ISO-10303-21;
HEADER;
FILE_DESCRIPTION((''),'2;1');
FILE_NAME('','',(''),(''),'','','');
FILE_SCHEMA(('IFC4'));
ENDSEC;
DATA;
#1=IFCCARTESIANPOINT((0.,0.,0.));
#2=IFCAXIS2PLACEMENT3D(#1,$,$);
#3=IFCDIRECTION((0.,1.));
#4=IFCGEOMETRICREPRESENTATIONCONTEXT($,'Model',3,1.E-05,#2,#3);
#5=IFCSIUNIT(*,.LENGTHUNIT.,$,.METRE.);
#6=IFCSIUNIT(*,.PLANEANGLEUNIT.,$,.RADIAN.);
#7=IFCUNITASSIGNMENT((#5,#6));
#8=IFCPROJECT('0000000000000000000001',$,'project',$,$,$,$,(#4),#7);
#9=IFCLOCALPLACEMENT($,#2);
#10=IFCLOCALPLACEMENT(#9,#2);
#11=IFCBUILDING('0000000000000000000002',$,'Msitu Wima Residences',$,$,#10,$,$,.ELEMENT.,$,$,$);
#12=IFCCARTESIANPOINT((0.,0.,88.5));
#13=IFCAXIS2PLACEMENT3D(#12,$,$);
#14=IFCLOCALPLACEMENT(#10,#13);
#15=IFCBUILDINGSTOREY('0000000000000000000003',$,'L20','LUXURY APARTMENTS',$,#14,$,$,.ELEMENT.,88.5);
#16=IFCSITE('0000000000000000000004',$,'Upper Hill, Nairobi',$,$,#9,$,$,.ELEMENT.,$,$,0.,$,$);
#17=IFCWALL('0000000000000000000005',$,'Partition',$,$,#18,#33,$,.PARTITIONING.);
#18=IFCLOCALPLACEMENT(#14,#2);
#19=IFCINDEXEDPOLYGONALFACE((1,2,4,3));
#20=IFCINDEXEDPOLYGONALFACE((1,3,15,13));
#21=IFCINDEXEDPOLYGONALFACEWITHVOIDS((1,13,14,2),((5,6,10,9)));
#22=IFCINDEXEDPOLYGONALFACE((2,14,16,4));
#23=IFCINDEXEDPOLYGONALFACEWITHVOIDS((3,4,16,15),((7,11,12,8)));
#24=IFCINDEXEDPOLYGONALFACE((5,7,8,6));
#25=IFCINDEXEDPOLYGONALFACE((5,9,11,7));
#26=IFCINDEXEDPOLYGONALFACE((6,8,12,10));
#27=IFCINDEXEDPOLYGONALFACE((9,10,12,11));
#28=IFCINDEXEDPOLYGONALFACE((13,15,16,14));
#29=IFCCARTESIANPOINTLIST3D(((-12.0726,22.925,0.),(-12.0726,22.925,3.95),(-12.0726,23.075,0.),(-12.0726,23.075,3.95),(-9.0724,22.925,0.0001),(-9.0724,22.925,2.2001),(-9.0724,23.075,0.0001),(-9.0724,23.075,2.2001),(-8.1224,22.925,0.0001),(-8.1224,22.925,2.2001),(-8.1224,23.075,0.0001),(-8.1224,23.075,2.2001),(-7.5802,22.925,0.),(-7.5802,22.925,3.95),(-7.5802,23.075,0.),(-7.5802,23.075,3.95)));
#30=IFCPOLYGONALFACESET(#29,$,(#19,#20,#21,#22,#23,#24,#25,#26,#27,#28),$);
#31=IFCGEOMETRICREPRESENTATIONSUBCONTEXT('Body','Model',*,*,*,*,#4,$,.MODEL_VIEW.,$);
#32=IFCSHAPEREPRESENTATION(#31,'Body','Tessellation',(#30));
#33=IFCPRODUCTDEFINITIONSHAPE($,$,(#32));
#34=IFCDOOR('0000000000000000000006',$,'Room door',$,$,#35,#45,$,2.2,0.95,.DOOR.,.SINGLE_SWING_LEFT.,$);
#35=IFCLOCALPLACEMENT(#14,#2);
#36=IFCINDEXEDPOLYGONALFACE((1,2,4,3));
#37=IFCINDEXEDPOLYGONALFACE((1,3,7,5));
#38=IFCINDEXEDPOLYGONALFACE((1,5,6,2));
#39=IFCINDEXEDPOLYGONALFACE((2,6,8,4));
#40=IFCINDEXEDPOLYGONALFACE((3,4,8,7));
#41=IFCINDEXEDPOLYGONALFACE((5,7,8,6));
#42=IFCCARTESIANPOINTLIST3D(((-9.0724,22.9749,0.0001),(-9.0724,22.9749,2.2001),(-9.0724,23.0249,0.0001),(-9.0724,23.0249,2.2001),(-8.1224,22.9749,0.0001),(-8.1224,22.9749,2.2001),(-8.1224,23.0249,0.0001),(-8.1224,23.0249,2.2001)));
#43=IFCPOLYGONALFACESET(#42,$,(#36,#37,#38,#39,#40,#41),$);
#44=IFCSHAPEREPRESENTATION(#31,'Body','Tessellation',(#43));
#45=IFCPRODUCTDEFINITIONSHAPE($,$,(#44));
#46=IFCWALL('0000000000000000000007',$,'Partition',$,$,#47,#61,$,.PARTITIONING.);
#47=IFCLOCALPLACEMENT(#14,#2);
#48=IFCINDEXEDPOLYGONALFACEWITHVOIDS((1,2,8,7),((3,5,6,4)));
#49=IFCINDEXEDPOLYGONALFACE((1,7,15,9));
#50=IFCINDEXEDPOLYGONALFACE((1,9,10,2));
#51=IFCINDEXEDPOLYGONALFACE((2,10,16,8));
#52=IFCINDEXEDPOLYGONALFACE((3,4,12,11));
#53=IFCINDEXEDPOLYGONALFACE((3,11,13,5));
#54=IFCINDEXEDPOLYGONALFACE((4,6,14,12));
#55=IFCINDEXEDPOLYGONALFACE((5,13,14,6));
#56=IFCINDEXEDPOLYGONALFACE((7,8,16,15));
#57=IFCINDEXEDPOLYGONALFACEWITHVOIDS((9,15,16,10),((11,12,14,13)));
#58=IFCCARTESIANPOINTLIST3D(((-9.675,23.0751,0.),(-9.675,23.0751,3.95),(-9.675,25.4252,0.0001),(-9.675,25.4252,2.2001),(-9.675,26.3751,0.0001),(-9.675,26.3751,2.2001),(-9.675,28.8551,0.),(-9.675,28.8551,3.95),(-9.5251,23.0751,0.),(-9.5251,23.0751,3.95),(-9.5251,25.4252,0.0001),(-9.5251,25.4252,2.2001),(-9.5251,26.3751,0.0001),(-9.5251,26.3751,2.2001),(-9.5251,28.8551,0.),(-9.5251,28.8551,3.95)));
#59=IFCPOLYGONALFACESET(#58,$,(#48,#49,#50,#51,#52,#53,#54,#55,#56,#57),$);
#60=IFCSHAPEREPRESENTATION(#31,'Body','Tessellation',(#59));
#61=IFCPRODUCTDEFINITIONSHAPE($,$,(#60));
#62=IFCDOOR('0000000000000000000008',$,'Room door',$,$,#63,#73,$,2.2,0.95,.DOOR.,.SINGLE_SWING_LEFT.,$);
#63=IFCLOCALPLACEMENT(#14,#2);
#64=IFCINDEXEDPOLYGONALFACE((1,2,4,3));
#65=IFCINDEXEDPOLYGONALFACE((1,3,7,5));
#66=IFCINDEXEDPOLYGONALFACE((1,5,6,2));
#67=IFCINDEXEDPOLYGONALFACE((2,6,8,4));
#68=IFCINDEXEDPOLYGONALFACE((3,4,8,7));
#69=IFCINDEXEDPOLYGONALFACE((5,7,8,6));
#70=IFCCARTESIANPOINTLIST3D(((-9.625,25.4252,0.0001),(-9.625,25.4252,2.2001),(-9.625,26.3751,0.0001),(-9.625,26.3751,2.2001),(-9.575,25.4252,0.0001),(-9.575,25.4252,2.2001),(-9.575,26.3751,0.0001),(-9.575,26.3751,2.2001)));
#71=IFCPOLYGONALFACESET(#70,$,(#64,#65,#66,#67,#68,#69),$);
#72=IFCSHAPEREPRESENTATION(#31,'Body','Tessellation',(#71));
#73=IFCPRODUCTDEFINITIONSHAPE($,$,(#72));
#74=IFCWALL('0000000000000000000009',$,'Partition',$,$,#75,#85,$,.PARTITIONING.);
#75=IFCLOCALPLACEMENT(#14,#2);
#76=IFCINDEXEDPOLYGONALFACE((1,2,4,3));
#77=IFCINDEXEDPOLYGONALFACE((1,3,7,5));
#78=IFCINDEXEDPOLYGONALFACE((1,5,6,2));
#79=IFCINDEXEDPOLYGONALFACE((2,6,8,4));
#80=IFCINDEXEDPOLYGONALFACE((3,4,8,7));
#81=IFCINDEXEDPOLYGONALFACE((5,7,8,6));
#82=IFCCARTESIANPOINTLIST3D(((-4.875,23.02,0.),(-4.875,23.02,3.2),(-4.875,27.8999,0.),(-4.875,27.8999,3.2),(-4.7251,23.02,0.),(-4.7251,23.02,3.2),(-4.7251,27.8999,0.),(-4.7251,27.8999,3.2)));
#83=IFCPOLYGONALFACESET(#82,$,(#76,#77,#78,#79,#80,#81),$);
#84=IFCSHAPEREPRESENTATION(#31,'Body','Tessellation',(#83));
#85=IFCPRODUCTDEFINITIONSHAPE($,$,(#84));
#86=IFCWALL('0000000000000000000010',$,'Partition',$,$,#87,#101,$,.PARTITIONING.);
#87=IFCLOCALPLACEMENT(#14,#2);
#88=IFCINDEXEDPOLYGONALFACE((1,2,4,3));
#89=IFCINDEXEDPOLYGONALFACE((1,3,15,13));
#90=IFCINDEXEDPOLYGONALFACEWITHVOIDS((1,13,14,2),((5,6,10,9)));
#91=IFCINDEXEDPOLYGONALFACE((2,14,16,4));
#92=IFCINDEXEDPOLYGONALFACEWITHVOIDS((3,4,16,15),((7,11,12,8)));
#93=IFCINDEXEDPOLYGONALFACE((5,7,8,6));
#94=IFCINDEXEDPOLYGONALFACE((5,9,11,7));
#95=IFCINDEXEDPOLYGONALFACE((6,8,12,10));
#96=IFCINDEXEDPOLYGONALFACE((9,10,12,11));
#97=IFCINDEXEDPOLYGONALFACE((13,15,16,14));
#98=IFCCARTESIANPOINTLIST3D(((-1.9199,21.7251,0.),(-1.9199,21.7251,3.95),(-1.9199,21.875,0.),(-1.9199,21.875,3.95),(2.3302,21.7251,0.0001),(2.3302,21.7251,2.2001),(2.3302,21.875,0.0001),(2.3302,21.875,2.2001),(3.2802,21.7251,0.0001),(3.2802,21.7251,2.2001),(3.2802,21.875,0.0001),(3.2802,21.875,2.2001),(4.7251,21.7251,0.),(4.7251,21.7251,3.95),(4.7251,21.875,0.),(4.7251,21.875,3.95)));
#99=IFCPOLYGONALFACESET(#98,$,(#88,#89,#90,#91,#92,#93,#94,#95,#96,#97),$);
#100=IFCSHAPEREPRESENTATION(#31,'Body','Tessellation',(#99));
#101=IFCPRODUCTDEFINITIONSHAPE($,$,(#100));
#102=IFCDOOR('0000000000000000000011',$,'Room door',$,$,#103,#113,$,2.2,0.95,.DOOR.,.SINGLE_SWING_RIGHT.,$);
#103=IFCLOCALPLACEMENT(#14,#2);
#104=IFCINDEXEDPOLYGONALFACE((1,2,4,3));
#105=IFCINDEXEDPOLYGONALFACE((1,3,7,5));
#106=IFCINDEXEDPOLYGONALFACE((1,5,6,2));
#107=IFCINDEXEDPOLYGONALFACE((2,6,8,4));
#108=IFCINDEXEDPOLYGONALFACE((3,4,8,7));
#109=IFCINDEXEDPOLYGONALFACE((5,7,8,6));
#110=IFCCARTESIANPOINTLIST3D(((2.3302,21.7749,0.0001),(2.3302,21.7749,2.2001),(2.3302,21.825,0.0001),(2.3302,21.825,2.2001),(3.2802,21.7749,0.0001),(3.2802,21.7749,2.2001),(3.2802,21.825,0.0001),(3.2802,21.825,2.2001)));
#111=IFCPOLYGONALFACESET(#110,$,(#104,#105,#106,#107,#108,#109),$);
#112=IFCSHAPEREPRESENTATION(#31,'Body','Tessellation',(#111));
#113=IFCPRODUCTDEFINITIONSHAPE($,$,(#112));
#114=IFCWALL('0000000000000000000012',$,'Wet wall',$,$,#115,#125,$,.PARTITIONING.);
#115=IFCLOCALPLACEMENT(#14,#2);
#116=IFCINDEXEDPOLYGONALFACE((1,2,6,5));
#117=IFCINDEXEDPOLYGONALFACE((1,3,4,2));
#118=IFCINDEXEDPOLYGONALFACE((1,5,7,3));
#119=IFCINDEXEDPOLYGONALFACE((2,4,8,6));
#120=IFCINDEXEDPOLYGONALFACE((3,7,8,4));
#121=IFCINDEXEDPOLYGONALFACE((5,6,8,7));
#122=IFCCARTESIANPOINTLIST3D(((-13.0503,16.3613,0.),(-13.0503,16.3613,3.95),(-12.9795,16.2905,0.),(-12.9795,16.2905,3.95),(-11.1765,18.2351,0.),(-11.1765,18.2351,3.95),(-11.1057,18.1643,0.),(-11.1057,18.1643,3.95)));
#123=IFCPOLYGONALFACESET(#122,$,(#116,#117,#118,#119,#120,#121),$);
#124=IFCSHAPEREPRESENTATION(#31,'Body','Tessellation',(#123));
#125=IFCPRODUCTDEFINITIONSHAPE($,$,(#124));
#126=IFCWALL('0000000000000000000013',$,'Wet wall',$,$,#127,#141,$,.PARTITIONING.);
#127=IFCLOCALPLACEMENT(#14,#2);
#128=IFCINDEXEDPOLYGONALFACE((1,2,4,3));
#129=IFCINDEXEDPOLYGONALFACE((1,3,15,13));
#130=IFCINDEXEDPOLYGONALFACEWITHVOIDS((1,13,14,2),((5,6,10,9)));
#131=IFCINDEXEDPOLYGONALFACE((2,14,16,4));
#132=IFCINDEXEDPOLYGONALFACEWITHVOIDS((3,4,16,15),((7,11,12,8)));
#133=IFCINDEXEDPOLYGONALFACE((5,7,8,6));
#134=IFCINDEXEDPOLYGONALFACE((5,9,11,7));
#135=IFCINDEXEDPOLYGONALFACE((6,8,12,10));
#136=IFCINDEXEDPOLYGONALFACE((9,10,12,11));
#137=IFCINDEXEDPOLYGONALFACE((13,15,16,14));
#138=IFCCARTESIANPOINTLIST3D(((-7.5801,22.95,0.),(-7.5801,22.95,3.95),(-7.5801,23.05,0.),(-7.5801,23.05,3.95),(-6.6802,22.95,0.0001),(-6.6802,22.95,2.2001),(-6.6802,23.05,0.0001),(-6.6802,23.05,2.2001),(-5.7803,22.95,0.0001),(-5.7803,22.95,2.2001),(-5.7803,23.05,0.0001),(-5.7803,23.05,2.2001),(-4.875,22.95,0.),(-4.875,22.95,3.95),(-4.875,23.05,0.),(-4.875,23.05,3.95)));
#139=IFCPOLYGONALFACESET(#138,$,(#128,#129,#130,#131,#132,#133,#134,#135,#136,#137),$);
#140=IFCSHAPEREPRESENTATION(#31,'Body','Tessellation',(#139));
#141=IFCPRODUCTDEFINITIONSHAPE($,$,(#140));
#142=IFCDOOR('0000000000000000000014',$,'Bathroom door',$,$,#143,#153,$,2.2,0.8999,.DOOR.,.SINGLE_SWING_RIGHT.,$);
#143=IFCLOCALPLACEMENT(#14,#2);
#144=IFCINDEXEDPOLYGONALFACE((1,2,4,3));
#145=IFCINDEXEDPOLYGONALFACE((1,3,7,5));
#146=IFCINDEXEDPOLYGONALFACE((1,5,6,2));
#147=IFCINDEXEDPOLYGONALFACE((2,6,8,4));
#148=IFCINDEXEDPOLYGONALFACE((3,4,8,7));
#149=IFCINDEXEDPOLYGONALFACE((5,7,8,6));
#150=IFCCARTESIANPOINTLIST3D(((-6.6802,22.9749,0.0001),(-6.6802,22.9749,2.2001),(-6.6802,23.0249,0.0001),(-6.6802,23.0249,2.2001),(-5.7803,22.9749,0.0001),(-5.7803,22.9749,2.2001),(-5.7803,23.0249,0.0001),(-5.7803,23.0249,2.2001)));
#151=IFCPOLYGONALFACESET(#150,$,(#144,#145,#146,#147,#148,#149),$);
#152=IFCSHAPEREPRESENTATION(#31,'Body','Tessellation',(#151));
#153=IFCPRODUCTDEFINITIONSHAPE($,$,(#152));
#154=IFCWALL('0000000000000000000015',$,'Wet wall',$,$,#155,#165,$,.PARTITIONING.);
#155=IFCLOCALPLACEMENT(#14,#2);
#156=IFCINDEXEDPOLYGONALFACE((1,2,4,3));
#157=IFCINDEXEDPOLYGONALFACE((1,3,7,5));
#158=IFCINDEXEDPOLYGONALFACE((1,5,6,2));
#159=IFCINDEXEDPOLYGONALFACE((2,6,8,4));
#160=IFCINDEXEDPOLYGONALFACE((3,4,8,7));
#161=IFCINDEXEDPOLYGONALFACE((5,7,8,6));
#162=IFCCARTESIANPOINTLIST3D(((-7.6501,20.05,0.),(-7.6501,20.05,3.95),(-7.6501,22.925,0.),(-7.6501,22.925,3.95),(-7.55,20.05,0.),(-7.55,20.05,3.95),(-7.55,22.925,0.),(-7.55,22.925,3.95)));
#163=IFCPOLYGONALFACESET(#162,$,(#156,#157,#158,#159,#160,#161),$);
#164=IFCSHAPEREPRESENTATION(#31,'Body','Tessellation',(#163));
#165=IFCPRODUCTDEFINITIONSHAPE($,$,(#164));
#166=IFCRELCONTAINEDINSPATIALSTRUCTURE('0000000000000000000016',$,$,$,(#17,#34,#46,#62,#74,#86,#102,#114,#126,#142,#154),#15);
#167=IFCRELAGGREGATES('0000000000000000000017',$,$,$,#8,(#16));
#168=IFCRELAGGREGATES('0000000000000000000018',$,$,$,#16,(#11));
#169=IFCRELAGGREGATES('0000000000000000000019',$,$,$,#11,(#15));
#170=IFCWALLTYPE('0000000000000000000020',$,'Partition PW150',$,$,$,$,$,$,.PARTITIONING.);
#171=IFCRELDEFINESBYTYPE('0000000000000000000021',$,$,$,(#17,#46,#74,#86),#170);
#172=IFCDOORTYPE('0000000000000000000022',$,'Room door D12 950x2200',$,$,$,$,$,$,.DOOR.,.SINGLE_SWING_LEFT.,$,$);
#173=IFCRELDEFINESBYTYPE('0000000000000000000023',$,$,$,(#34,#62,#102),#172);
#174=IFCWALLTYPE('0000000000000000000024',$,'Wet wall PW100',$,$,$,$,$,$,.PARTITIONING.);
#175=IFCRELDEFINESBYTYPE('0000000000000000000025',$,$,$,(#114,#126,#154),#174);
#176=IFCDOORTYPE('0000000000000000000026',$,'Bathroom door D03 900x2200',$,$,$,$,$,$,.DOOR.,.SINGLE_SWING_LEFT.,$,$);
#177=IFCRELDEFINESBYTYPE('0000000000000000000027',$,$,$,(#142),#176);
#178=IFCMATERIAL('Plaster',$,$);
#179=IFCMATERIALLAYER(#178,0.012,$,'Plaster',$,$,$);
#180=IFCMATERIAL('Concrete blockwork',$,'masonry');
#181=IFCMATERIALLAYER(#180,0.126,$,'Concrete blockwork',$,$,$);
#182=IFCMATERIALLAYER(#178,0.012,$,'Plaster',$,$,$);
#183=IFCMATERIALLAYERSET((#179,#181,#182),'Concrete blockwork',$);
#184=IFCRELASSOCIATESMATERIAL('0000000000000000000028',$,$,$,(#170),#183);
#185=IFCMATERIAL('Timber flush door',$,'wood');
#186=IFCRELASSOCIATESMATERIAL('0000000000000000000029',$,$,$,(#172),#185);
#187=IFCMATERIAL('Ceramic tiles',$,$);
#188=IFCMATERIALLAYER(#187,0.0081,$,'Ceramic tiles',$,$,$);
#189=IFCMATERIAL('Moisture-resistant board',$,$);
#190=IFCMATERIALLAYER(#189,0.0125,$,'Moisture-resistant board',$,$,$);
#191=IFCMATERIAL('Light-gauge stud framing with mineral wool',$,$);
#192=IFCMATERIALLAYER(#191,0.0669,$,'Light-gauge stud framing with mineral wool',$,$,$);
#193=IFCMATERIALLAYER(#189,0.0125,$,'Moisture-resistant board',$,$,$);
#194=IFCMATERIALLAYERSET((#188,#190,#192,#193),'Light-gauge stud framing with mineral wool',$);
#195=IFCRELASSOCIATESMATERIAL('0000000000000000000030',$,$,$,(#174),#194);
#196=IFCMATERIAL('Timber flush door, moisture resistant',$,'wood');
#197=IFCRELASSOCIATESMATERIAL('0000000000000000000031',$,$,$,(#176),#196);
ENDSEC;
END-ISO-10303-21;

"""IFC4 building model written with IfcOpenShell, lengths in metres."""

from ifc_helpers import new_model, si_unit, direction, frame, frame_2d, origin, place, context, subcontext, project, spatial, rectangle, extrude, material, layer, layer_set, type_object, element, fill, save


model = new_model("IFC4")

# Units and contexts
model_context = context("Model", 3, precision=1e-05, world=origin(), true_north=direction((0.0, 1.0)))
body_context = subcontext(model_context, "Body", "Model", "MODEL_VIEW")
ifc_project = project(units=[si_unit("LENGTHUNIT", "METRE"), si_unit("PLANEANGLEUNIT", "RADIAN")], contexts=[model_context])

# Site, building, storey
site_placement = place(None, origin())
site = spatial("IfcSite", under=ifc_project, at=site_placement, Name="Upper Hill, Nairobi", CompositionType="ELEMENT", RefElevation=0.0)
building_placement = place(site_placement, origin())
building = spatial("IfcBuilding", under=site, at=building_placement, Name="Msitu Wima Residences", CompositionType="ELEMENT")
storey_placement = place(building_placement, frame((0.0, 0.0, 88.5)))
storey = spatial("IfcBuildingStorey", under=building, at=storey_placement, Name="L20", Description="LUXURY APARTMENTS", CompositionType="ELEMENT", Elevation=88.5)

# Shared definitions
ifc_material_1 = material(Name="Plaster")
ifc_layer_1 = layer(ifc_material_1, 0.012, Name="Plaster")
ifc_material_2 = material(Name="Concrete blockwork", Category="masonry")
ifc_layer_2 = layer(ifc_material_2, 0.126, Name="Concrete blockwork")
ifc_layer_3 = layer(ifc_material_1, 0.012, Name="Plaster")
ifc_layer_set_1 = layer_set([ifc_layer_1, ifc_layer_2, ifc_layer_3], Name="Concrete blockwork")
wall_type_1 = type_object("IfcWallType", Name="Partition PW150", PredefinedType="PARTITIONING", material=ifc_layer_set_1)

# Walls, openings, doors
wall_1_placement = place(storey_placement, frame((-12.0725, 23.0, 0.0), z_axis=(0.0, 0.0, 1.0), x_axis=(1.0, 0.0, 0.0)))
wall_1 = element("IfcWall", 1, at=wall_1_placement, inside=storey, type_object=wall_type_1, Name="Partition", PredefinedType="PARTITIONING", context=body_context, shape_type="SweptSolid", body=[
    extrude(rectangle(XDim=4.4924, YDim=0.1499, at=frame_2d((2.2461, 0.0))), origin(), (0.0, 0.0, 1.0), 3.95),
])
opening_1_placement = place(wall_1_placement, frame((3.0, 0.0, 0.0)))
opening_1 = element("IfcOpeningElement", 2, at=opening_1_placement, cuts=wall_1, PredefinedType="OPENING", context=body_context, shape_type="SweptSolid", body=[
    extrude(rectangle(XDim=0.95, YDim=2.2, at=frame_2d((0.4751, 1.1001))), frame((0.0, 0.085, 0.0), z_axis=(0.0, -1.0, 0.0), x_axis=(1.0, 0.0, 0.0)), (0.0, 0.0, 1.0), 0.1699),
])
ifc_material_3 = material(Name="Timber flush door", Category="wood")
door_type_1 = type_object("IfcDoorType", Name="Room door D12 950x2200", OperationType="SINGLE_SWING_LEFT", PredefinedType="DOOR", material=ifc_material_3)
door_1_placement = place(opening_1_placement, origin())
door_1 = element("IfcDoor", 3, at=door_1_placement, inside=storey, type_object=door_type_1, Name="Room door", OperationType="SINGLE_SWING_LEFT", OverallHeight=2.2, OverallWidth=0.95, PredefinedType="DOOR", context=body_context, shape_type="SweptSolid", body=[
    extrude(rectangle(XDim=0.95, YDim=2.2, at=frame_2d((0.4751, 1.1001))), frame((0.0, 0.0249, 0.0), z_axis=(0.0, -1.0, 0.0), x_axis=(1.0, 0.0, 0.0)), (0.0, 0.0, 1.0), 0.05),
])
fill(opening_1, door_1)
wall_2_placement = place(storey_placement, frame((-9.6001, 23.075, 0.0), z_axis=(0.0, 0.0, 1.0), x_axis=(0.0, 1.0, 0.0)))
wall_2 = element("IfcWall", 4, at=wall_2_placement, inside=storey, type_object=wall_type_1, Name="Partition", PredefinedType="PARTITIONING", context=body_context, shape_type="SweptSolid", body=[
    extrude(rectangle(XDim=5.78, YDim=0.1499, at=frame_2d((2.8901, 0.0))), origin(), (0.0, 0.0, 1.0), 3.95),
])
opening_2_placement = place(wall_2_placement, frame((2.3501, 0.0, 0.0)))
opening_2 = element("IfcOpeningElement", 5, at=opening_2_placement, cuts=wall_2, PredefinedType="OPENING", context=body_context, shape_type="SweptSolid", body=[
    extrude(rectangle(XDim=0.95, YDim=2.2, at=frame_2d((0.4751, 1.1001))), frame((0.0, 0.085, 0.0), z_axis=(0.0, -1.0, 0.0), x_axis=(1.0, 0.0, 0.0)), (0.0, 0.0, 1.0), 0.1699),
])
door_2_placement = place(opening_2_placement, origin())
door_2 = element("IfcDoor", 6, at=door_2_placement, inside=storey, type_object=door_type_1, Name="Room door", OperationType="SINGLE_SWING_LEFT", OverallHeight=2.2, OverallWidth=0.95, PredefinedType="DOOR", context=body_context, shape_type="SweptSolid", body=[
    extrude(rectangle(XDim=0.95, YDim=2.2, at=frame_2d((0.4751, 1.1001))), frame((0.0, 0.0249, 0.0), z_axis=(0.0, -1.0, 0.0), x_axis=(1.0, 0.0, 0.0)), (0.0, 0.0, 1.0), 0.05),
])
fill(opening_2, door_2)

# Wall
wall_3_placement = place(storey_placement, frame((-4.8, 23.02, 0.0), z_axis=(0.0, 0.0, 1.0), x_axis=(0.0, 1.0, 0.0)))
element("IfcWall", 7, at=wall_3_placement, inside=storey, type_object=wall_type_1, Name="Partition", PredefinedType="PARTITIONING", context=body_context, shape_type="SweptSolid", body=[
    extrude(rectangle(XDim=4.8799, YDim=0.1499, at=frame_2d((2.4399, 0.0))), origin(), (0.0, 0.0, 1.0), 3.2),
])

# Wall, opening, door
wall_4_placement = place(storey_placement, frame((-1.9199, 21.8, 0.0), z_axis=(0.0, 0.0, 1.0), x_axis=(1.0, 0.0, 0.0)))
wall_4 = element("IfcWall", 8, at=wall_4_placement, inside=storey, type_object=wall_type_1, Name="Partition", PredefinedType="PARTITIONING", context=body_context, shape_type="SweptSolid", body=[
    extrude(rectangle(XDim=6.645, YDim=0.1499, at=frame_2d((3.3225, 0.0))), origin(), (0.0, 0.0, 1.0), 3.95),
])
opening_3_placement = place(wall_4_placement, frame((4.25, 0.0, 0.0)))
opening_3 = element("IfcOpeningElement", 9, at=opening_3_placement, cuts=wall_4, PredefinedType="OPENING", context=body_context, shape_type="SweptSolid", body=[
    extrude(rectangle(XDim=0.95, YDim=2.2, at=frame_2d((0.4751, 1.1001))), frame((0.0, 0.085, 0.0), z_axis=(0.0, -1.0, 0.0), x_axis=(1.0, 0.0, 0.0)), (0.0, 0.0, 1.0), 0.1699),
])
door_3_placement = place(opening_3_placement, origin())
door_3 = element("IfcDoor", 10, at=door_3_placement, inside=storey, type_object=door_type_1, Name="Room door", OperationType="SINGLE_SWING_RIGHT", OverallHeight=2.2, OverallWidth=0.95, PredefinedType="DOOR", context=body_context, shape_type="SweptSolid", body=[
    extrude(rectangle(XDim=0.95, YDim=2.2, at=frame_2d((0.4751, 1.1001))), frame((0.0, 0.0249, 0.0), z_axis=(0.0, -1.0, 0.0), x_axis=(1.0, 0.0, 0.0)), (0.0, 0.0, 1.0), 0.05),
])
fill(opening_3, door_3)

# Wall
ifc_material_4 = material(Name="Ceramic tiles")
ifc_layer_4 = layer(ifc_material_4, 0.0081, Name="Ceramic tiles")
ifc_material_5 = material(Name="Moisture-resistant board")
ifc_layer_5 = layer(ifc_material_5, 0.0125, Name="Moisture-resistant board")
ifc_material_6 = material(Name="Light-gauge stud framing with mineral wool")
ifc_layer_6 = layer(ifc_material_6, 0.0669, Name="Light-gauge stud framing with mineral wool")
ifc_layer_7 = layer(ifc_material_5, 0.0125, Name="Moisture-resistant board")
ifc_layer_set_2 = layer_set([ifc_layer_4, ifc_layer_5, ifc_layer_6, ifc_layer_7], Name="Light-gauge stud framing with mineral wool")
wall_type_2 = type_object("IfcWallType", Name="Wet wall PW100", PredefinedType="PARTITIONING", material=ifc_layer_set_2)
wall_5_placement = place(storey_placement, frame((-13.0149, 16.3259, 0.0), z_axis=(0.0, 0.0, 1.0), x_axis=(0.707107, 0.707107, 0.0)))
element("IfcWall", 11, at=wall_5_placement, inside=storey, type_object=wall_type_2, Name="Wet wall", PredefinedType="PARTITIONING", context=body_context, shape_type="SweptSolid", body=[
    extrude(rectangle(XDim=2.6499, YDim=0.1001, at=frame_2d((1.325, 0.0))), origin(), (0.0, 0.0, 1.0), 3.95),
])

# Wall, opening, door
wall_6_placement = place(storey_placement, frame((-7.5801, 23.0, 0.0), z_axis=(0.0, 0.0, 1.0), x_axis=(1.0, 0.0, 0.0)))
wall_6 = element("IfcWall", 12, at=wall_6_placement, inside=storey, type_object=wall_type_2, Name="Wet wall", PredefinedType="PARTITIONING", context=body_context, shape_type="SweptSolid", body=[
    extrude(rectangle(XDim=2.7051, YDim=0.1001, at=frame_2d((1.3525, 0.0))), origin(), (0.0, 0.0, 1.0), 3.95),
])
opening_4_placement = place(wall_6_placement, frame((0.8999, 0.0, 0.0)))
opening_4 = element("IfcOpeningElement", 13, at=opening_4_placement, cuts=wall_6, PredefinedType="OPENING", context=body_context, shape_type="SweptSolid", body=[
    extrude(rectangle(XDim=0.8999, YDim=2.2, at=frame_2d((0.45, 1.1001))), frame((0.0, 0.0601, 0.0), z_axis=(0.0, -1.0, 0.0), x_axis=(1.0, 0.0, 0.0)), (0.0, 0.0, 1.0), 0.1201),
])
ifc_material_7 = material(Name="Timber flush door, moisture resistant", Category="wood")
door_type_2 = type_object("IfcDoorType", Name="Bathroom door D03 900x2200", OperationType="SINGLE_SWING_LEFT", PredefinedType="DOOR", material=ifc_material_7)
door_4_placement = place(opening_4_placement, origin())
door_4 = element("IfcDoor", 14, at=door_4_placement, inside=storey, type_object=door_type_2, Name="Bathroom door", OperationType="SINGLE_SWING_RIGHT", OverallHeight=2.2, OverallWidth=0.8999, PredefinedType="DOOR", context=body_context, shape_type="SweptSolid", body=[
    extrude(rectangle(XDim=0.8999, YDim=2.2, at=frame_2d((0.45, 1.1001))), frame((0.0, 0.0249, 0.0), z_axis=(0.0, -1.0, 0.0), x_axis=(1.0, 0.0, 0.0)), (0.0, 0.0, 1.0), 0.05),
])
fill(opening_4, door_4)

# Wall
wall_7_placement = place(storey_placement, frame((-7.6001, 20.05, 0.0), z_axis=(0.0, 0.0, 1.0), x_axis=(0.0, 1.0, 0.0)))
element("IfcWall", 15, at=wall_7_placement, inside=storey, type_object=wall_type_2, Name="Wet wall", PredefinedType="PARTITIONING", context=body_context, shape_type="SweptSolid", body=[
    extrude(rectangle(XDim=2.875, YDim=0.1001, at=frame_2d((1.4375, 0.0))), origin(), (0.0, 0.0, 1.0), 3.95),
])

save(model, "model.ifc")
